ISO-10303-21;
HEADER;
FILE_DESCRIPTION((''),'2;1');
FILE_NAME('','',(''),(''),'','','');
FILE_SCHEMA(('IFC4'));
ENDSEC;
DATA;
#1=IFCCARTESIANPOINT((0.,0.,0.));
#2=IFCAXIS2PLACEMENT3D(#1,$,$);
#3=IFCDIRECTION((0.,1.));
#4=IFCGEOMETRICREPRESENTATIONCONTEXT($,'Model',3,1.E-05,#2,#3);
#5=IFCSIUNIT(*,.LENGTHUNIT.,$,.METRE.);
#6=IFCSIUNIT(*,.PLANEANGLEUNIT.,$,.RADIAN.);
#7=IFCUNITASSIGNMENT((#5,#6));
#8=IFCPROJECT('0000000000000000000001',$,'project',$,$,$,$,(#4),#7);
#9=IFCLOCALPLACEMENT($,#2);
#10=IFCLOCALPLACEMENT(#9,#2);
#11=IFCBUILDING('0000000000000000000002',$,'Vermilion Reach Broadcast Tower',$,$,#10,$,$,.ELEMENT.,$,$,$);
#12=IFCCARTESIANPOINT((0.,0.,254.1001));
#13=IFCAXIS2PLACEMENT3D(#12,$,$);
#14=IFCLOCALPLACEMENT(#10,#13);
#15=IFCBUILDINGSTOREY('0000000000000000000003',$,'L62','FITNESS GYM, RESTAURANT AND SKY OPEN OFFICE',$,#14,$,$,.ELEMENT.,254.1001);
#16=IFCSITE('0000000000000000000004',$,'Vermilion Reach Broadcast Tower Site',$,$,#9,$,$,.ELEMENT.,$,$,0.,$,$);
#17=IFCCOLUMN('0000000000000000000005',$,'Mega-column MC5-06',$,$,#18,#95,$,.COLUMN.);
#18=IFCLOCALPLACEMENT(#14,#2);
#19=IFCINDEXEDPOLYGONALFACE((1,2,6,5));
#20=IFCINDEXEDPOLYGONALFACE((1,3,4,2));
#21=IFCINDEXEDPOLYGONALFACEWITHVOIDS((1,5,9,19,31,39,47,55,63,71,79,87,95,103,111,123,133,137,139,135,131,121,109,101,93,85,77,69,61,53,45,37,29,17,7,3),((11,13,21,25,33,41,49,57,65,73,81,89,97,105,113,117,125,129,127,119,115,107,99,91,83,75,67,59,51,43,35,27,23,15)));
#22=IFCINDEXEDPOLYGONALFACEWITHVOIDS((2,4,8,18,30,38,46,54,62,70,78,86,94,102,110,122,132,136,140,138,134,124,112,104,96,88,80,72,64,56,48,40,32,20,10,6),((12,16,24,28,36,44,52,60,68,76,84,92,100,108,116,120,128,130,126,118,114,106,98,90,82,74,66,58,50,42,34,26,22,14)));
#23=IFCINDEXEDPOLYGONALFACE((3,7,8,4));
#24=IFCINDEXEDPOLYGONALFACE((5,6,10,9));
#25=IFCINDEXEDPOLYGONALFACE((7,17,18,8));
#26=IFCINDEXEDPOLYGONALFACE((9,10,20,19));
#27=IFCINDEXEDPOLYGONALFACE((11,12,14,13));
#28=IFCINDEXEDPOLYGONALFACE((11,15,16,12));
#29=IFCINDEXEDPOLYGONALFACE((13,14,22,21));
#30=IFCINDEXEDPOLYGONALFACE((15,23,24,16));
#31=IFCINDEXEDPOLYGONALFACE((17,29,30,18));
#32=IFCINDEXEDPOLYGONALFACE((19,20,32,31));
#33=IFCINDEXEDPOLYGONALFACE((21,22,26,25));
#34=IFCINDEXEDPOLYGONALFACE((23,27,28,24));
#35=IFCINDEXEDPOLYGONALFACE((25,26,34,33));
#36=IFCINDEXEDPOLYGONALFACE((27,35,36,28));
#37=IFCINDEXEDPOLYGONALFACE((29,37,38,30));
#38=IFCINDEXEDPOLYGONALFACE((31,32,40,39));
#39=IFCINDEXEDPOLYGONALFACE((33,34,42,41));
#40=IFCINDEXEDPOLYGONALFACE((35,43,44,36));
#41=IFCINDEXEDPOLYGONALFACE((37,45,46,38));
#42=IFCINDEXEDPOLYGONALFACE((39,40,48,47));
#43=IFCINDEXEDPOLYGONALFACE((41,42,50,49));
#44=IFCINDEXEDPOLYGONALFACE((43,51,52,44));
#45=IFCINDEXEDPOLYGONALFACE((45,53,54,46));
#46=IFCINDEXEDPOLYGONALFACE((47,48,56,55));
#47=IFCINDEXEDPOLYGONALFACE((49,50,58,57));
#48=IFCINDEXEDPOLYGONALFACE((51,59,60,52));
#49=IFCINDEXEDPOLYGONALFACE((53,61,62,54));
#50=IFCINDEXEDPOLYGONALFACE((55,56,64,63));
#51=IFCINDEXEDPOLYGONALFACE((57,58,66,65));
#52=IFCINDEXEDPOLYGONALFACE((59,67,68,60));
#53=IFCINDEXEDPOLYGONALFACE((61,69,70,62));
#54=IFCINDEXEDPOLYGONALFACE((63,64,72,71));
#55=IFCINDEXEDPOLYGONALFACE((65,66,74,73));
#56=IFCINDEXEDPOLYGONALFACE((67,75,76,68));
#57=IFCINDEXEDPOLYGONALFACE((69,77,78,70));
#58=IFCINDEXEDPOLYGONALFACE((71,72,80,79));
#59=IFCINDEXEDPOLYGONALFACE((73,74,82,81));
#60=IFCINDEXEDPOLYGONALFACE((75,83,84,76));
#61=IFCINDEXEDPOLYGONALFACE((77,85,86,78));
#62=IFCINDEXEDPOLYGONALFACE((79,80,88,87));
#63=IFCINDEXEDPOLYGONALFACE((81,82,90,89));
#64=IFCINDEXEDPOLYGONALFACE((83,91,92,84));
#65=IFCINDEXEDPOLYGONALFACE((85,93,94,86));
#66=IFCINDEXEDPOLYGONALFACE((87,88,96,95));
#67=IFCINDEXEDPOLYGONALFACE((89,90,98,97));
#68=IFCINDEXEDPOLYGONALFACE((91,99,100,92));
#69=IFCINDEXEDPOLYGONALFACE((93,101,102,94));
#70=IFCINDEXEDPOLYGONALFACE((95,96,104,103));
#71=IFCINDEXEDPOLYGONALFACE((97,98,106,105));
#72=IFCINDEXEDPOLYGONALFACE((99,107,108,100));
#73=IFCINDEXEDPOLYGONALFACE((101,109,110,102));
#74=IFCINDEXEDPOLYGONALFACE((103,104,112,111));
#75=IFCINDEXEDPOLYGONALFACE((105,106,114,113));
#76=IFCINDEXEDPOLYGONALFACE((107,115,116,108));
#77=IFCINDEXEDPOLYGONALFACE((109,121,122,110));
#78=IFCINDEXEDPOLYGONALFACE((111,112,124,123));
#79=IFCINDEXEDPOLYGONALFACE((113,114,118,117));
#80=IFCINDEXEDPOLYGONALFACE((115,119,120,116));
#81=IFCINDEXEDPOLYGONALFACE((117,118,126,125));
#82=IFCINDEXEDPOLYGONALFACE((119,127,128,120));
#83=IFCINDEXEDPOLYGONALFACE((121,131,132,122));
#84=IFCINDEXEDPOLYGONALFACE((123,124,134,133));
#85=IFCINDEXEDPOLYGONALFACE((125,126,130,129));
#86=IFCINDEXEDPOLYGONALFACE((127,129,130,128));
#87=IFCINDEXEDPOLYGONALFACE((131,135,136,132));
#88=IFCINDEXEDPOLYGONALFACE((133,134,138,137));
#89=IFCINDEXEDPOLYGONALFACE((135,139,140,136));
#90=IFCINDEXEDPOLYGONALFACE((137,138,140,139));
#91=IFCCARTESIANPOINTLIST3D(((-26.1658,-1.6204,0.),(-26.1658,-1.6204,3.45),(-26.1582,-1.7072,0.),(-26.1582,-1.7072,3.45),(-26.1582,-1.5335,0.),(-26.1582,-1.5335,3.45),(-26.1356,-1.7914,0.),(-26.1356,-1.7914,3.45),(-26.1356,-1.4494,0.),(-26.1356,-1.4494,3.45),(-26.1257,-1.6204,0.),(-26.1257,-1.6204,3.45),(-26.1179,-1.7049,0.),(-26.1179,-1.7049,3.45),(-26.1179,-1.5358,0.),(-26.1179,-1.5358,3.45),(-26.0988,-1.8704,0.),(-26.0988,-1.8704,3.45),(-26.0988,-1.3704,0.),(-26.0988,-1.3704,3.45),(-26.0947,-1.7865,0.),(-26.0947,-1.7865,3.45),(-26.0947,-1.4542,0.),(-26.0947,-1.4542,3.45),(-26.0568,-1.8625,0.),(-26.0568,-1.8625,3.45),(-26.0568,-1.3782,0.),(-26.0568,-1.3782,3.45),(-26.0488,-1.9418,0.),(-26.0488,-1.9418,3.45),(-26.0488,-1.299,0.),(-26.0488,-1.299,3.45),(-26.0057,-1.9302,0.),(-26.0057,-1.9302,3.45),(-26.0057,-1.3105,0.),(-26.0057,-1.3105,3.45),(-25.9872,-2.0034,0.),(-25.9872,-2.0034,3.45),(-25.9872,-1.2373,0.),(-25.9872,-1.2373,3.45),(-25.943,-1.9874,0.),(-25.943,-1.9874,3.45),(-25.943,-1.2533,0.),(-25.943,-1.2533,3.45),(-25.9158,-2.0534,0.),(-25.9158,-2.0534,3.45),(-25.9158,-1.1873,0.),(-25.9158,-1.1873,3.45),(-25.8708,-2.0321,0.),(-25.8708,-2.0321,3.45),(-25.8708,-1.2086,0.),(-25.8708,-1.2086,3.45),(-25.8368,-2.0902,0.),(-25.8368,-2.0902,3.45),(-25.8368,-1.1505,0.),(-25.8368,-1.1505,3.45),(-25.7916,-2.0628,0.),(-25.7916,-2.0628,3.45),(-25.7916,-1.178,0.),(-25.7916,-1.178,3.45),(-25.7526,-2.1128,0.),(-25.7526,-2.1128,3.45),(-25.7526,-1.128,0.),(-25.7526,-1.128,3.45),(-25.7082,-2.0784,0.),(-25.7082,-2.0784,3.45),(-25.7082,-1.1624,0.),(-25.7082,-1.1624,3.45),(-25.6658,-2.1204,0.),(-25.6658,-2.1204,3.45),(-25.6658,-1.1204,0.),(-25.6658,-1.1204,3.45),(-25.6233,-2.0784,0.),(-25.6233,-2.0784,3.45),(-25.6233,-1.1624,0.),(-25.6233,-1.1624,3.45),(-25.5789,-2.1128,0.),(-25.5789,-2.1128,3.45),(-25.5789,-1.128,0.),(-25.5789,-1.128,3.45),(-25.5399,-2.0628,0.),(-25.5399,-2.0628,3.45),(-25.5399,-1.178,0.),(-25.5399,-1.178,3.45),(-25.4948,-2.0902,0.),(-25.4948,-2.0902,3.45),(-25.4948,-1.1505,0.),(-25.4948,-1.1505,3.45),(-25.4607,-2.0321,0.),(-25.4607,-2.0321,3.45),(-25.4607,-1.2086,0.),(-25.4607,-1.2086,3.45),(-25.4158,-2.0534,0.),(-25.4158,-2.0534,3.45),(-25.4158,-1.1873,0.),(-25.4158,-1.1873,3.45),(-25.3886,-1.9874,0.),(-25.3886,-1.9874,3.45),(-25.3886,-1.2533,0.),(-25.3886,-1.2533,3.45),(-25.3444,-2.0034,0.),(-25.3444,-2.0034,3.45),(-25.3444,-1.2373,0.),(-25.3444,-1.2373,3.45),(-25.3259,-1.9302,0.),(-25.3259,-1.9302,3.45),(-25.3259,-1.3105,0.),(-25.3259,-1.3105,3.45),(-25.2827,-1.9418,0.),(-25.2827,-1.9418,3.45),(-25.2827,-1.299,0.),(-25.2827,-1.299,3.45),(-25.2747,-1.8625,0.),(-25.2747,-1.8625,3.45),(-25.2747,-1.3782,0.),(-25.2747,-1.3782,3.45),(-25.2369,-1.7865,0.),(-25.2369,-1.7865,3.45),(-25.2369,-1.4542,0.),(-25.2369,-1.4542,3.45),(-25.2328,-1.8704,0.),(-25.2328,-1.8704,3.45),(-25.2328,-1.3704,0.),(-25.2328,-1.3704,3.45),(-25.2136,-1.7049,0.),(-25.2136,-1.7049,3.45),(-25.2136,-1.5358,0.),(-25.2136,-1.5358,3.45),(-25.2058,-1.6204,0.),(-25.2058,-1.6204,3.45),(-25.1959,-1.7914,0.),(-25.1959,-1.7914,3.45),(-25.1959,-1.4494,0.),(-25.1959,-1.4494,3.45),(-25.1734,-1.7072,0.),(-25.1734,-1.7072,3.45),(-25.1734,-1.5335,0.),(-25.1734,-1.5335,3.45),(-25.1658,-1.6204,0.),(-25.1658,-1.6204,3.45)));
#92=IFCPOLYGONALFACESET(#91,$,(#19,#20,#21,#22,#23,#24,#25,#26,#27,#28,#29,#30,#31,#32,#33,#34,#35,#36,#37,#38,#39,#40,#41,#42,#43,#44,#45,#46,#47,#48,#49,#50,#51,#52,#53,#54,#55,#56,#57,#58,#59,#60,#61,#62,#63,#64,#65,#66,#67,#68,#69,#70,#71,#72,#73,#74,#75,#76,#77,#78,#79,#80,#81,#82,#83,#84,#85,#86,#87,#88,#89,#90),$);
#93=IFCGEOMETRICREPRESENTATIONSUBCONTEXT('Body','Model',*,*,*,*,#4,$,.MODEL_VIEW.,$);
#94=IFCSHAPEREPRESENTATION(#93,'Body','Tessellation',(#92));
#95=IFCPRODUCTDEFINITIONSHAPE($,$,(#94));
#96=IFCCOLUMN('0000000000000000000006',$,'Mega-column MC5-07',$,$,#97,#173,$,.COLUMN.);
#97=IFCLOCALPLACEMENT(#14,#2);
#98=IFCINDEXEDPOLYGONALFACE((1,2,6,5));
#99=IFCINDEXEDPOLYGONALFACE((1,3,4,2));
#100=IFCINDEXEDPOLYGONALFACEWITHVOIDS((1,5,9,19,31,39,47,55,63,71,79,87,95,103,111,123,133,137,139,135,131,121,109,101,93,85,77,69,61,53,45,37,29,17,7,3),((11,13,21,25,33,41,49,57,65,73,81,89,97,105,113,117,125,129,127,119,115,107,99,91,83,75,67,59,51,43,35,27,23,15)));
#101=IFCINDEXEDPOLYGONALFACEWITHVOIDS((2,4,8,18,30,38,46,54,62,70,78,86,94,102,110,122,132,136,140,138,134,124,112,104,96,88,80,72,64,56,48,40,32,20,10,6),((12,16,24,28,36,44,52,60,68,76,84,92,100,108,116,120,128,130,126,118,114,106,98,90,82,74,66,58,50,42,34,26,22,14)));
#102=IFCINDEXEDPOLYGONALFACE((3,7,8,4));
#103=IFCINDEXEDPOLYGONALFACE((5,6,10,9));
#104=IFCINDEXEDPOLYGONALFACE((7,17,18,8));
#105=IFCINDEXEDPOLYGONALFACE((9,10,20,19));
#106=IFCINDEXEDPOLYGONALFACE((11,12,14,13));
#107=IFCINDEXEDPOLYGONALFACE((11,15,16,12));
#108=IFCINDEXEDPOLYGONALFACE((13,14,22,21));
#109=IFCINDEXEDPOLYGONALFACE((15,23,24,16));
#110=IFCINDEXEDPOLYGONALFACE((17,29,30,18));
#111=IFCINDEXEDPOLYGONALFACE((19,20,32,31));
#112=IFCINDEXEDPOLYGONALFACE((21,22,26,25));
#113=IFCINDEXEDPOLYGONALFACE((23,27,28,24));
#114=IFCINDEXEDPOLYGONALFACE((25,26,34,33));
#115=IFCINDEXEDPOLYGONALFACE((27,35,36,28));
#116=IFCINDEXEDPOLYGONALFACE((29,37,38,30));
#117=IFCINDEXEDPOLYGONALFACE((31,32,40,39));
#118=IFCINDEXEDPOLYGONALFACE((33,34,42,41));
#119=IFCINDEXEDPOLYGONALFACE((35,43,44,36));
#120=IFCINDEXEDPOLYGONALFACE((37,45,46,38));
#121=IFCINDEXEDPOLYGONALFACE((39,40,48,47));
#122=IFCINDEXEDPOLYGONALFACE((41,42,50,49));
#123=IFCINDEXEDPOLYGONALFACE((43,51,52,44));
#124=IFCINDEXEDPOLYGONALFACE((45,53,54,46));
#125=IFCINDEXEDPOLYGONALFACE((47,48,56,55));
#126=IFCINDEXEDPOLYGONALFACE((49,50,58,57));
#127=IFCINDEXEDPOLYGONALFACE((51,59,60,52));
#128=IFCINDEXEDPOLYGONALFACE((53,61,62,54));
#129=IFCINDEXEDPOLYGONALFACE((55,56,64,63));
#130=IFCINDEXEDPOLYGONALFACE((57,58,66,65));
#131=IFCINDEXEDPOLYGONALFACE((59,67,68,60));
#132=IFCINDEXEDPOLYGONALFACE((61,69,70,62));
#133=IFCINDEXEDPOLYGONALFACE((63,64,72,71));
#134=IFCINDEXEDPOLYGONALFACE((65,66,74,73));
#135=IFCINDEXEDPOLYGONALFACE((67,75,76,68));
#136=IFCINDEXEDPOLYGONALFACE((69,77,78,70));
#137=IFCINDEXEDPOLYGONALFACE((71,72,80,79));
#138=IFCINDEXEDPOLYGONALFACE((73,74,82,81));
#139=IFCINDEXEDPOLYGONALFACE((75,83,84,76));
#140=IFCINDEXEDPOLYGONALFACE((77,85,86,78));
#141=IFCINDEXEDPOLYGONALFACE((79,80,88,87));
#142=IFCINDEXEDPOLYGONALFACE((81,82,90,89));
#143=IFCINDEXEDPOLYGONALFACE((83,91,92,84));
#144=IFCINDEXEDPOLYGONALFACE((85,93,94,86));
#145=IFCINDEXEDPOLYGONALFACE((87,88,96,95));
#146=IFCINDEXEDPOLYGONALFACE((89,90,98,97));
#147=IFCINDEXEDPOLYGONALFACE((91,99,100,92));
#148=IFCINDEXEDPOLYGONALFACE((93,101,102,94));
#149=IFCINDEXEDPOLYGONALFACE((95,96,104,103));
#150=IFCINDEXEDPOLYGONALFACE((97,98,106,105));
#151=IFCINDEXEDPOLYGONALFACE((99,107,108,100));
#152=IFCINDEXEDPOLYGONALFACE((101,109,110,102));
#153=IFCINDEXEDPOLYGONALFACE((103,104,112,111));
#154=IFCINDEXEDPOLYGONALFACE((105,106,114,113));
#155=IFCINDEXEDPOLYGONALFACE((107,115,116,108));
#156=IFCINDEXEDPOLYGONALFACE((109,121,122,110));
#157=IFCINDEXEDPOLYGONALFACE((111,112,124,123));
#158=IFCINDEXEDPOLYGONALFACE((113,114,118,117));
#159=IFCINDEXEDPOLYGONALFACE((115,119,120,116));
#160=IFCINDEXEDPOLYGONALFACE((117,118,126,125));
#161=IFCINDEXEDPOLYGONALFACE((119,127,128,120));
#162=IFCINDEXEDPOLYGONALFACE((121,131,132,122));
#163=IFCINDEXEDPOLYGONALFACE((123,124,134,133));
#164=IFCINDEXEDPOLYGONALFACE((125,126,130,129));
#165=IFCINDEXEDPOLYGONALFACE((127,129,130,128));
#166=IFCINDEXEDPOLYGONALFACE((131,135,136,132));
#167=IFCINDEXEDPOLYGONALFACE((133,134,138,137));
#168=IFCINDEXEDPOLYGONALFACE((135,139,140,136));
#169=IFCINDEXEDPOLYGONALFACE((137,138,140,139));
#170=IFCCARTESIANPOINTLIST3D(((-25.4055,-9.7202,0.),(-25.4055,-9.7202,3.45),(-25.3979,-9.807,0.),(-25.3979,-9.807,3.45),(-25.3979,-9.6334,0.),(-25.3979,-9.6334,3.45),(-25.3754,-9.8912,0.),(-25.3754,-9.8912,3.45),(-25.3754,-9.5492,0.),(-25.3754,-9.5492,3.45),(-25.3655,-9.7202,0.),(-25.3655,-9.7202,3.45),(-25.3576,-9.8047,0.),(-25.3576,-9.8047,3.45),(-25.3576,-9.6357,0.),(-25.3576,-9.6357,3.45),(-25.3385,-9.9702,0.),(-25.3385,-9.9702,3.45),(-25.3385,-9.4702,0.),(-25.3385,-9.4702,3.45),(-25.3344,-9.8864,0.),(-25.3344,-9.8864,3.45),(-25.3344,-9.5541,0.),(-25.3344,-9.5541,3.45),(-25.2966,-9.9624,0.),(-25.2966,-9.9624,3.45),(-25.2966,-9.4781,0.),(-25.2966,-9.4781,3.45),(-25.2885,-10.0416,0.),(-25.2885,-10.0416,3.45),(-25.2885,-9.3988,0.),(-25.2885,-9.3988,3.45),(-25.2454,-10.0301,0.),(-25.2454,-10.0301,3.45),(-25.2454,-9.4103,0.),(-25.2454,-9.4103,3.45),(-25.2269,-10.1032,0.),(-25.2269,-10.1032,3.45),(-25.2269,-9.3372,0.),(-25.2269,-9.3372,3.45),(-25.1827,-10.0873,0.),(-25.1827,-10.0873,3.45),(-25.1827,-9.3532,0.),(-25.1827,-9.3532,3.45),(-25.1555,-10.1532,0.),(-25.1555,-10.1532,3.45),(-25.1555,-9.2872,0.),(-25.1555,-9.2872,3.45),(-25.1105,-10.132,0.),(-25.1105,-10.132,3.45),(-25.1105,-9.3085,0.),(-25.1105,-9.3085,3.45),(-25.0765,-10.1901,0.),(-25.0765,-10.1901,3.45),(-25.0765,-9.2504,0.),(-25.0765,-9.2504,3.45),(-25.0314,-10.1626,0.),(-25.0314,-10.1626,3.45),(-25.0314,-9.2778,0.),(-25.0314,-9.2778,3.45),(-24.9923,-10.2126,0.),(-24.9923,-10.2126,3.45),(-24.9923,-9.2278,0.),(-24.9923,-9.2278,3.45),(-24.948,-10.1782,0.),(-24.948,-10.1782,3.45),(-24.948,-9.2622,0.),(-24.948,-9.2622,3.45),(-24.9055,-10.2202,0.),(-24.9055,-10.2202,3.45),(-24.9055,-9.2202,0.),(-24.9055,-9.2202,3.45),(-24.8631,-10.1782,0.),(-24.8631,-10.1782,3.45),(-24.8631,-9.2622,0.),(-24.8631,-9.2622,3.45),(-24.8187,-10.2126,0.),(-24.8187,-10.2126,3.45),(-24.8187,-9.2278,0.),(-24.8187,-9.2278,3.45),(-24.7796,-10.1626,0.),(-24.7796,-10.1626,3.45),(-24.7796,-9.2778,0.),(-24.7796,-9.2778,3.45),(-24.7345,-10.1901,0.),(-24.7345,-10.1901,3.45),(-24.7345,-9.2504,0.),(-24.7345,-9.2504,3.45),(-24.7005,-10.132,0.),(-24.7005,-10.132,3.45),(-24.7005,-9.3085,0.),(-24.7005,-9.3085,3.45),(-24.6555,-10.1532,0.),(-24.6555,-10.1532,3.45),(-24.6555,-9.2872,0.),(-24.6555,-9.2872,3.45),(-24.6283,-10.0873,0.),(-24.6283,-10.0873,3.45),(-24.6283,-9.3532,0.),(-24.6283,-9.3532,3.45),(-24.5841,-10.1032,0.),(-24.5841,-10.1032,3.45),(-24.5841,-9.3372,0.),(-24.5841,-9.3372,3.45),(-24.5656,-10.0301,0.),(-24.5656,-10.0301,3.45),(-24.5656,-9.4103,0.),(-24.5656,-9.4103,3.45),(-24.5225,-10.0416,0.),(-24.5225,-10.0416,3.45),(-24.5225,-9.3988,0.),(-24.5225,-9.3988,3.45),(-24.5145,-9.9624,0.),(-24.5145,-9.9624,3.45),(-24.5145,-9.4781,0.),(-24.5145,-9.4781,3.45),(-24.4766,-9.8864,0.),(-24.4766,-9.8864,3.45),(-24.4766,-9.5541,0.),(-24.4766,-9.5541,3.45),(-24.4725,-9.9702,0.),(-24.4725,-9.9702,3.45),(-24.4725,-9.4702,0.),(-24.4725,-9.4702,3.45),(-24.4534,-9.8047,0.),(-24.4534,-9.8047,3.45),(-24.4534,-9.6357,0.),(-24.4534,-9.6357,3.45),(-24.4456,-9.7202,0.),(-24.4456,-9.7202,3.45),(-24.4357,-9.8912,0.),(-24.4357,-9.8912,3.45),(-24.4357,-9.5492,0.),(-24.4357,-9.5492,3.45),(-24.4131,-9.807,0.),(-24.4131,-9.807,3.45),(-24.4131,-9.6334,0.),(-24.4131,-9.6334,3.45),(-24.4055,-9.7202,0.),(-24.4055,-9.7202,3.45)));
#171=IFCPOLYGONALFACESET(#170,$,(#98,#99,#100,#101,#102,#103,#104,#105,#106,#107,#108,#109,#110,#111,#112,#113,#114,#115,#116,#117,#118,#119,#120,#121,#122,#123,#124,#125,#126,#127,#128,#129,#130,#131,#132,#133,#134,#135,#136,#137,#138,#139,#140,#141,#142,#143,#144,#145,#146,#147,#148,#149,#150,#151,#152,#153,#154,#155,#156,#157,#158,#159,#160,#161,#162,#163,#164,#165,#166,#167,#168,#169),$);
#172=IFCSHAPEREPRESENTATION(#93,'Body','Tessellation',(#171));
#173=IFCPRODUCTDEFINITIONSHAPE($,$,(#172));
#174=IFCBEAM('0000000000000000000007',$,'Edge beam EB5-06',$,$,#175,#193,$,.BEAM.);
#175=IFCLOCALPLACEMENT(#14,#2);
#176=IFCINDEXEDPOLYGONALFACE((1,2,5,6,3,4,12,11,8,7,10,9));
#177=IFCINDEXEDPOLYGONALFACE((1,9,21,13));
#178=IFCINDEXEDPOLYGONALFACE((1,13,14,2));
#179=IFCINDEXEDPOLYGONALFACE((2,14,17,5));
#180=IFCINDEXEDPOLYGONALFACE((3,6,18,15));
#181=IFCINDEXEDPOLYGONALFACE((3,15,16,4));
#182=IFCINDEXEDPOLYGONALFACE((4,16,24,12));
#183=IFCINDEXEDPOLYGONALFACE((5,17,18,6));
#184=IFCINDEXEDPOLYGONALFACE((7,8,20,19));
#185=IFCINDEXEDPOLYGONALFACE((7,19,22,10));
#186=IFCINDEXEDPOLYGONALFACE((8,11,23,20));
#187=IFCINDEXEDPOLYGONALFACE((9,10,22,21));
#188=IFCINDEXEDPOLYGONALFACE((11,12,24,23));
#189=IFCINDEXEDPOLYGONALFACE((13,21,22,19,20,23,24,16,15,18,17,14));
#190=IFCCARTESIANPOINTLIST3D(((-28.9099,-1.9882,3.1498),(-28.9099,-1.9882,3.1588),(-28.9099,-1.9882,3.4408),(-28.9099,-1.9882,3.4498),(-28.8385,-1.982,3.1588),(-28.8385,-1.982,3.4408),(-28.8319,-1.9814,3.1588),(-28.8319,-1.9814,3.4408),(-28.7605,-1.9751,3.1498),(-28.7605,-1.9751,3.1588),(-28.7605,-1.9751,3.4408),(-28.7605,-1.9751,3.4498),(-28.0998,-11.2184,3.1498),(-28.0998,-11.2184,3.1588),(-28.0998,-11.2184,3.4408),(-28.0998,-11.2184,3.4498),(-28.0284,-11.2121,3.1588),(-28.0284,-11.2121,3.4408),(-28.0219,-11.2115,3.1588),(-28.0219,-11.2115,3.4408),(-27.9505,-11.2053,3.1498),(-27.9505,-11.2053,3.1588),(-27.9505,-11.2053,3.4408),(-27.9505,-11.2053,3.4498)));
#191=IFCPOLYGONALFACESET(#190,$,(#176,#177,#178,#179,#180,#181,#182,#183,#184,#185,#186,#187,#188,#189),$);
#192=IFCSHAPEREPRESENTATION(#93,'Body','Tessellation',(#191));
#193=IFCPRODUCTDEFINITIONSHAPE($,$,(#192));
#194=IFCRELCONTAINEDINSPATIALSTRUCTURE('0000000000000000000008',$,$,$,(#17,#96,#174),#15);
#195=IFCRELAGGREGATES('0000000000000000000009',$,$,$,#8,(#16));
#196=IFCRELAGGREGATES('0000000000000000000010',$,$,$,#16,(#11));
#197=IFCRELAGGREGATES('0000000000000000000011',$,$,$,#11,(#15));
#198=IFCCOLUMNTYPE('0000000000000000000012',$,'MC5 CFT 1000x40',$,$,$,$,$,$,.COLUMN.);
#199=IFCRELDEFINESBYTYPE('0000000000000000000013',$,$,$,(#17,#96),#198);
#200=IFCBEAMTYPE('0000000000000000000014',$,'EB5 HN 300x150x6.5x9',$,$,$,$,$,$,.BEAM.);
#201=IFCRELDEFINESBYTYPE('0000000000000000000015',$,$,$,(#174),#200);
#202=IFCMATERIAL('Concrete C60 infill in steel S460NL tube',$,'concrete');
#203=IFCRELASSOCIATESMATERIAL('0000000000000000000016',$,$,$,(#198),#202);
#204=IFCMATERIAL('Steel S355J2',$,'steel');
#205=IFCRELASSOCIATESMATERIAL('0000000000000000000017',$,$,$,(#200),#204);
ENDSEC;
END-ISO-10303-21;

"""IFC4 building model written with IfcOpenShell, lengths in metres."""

from ifc_helpers import new_model, si_unit, direction, frame, origin, origin_2d, place, context, subcontext, project, spatial, hollow_circle, i_section, extrude, material, material_profile, profile_set, type_object, element, save


model = new_model("IFC4")

# Units and contexts
model_context = context("Model", 3, precision=1e-05, world=origin(), true_north=direction((0.0, 1.0)))
body_context = subcontext(model_context, "Body", "Model", "MODEL_VIEW")
ifc_project = project(units=[si_unit("LENGTHUNIT", "METRE"), si_unit("PLANEANGLEUNIT", "RADIAN")], contexts=[model_context])

# Site, building, storey
site_placement = place(None, origin())
site = spatial("IfcSite", under=ifc_project, at=site_placement, Name="Vermilion Reach Broadcast Tower Site", CompositionType="ELEMENT", RefElevation=0.0)
building_placement = place(site_placement, origin())
building = spatial("IfcBuilding", under=site, at=building_placement, Name="Vermilion Reach Broadcast Tower", CompositionType="ELEMENT")
storey_placement = place(building_placement, frame((0.0, 0.0, 254.1001)))
storey = spatial("IfcBuildingStorey", under=building, at=storey_placement, Name="L62", Description="FITNESS GYM, RESTAURANT AND SKY OPEN OFFICE", CompositionType="ELEMENT", Elevation=254.1001)

# Columns
ifc_material_1 = material(Name="Concrete C60 infill in steel S460NL tube", Category="concrete")
ifc_material_profile_1 = material_profile(ifc_material_1, hollow_circle(Radius=0.5, WallThickness=0.04, at=origin_2d()), Name="Concrete C60 infill in steel S460NL tube CFT 1000x40")
ifc_profile_set_1 = profile_set([ifc_material_profile_1], Name="Concrete C60 infill in steel S460NL tube")
column_type = type_object("IfcColumnType", Name="MC5 CFT 1000x40", PredefinedType="COLUMN", material=ifc_profile_set_1)
for number, where, z_axis, x_axis, name in (
    (1, (-25.6658, -1.6204, 0.0), (0.0, 0.0, 1.0), (1.0, 0.0, 0.0), "Mega-column MC5-06"),
    (2, (-24.9055, -9.7202, 0.0), (0.0, 0.0, 1.0), (1.0, 0.0, 0.0), "Mega-column MC5-07"),
):
    element("IfcColumn", number, at=place(storey_placement, frame(where, z_axis=z_axis, x_axis=x_axis)), inside=storey, type_object=column_type, Name=name, PredefinedType="COLUMN", context=body_context, shape_type="SweptSolid", body=[
        extrude(hollow_circle(Radius=0.5, WallThickness=0.04, at=origin_2d()), origin(), (0.0, 0.0, 1.0), 3.45),
    ])

# Beam
ifc_material_2 = material(Name="Steel S355J2", Category="steel")
ifc_material_profile_2 = material_profile(ifc_material_2, i_section(OverallWidth=0.1499, OverallDepth=0.3, WebThickness=0.0066, FlangeThickness=0.009, at=origin_2d()), Name="S355J2 HN 300x150x6.5x9")
ifc_profile_set_2 = profile_set([ifc_material_profile_2], Name="Steel S355J2")
beam_type_1 = type_object("IfcBeamType", Name="EB5 HN 300x150x6.5x9", PredefinedType="BEAM", material=ifc_profile_set_2)
beam_1_placement = place(storey_placement, frame((-28.8352, -1.9817, 3.2998), z_axis=(0.087425, -0.996171, 0.0), x_axis=(0.996171, 0.087425, 0.0)))
element("IfcBeam", 3, at=beam_1_placement, inside=storey, type_object=beam_type_1, Name="Edge beam EB5-06", PredefinedType="BEAM", context=body_context, shape_type="SweptSolid", body=[
    extrude(i_section(OverallWidth=0.1499, OverallDepth=0.3, WebThickness=0.0066, FlangeThickness=0.009, at=origin_2d()), origin(), (0.0, 0.0, 1.0), 9.2656),
])

save(model, "model.ifc")
